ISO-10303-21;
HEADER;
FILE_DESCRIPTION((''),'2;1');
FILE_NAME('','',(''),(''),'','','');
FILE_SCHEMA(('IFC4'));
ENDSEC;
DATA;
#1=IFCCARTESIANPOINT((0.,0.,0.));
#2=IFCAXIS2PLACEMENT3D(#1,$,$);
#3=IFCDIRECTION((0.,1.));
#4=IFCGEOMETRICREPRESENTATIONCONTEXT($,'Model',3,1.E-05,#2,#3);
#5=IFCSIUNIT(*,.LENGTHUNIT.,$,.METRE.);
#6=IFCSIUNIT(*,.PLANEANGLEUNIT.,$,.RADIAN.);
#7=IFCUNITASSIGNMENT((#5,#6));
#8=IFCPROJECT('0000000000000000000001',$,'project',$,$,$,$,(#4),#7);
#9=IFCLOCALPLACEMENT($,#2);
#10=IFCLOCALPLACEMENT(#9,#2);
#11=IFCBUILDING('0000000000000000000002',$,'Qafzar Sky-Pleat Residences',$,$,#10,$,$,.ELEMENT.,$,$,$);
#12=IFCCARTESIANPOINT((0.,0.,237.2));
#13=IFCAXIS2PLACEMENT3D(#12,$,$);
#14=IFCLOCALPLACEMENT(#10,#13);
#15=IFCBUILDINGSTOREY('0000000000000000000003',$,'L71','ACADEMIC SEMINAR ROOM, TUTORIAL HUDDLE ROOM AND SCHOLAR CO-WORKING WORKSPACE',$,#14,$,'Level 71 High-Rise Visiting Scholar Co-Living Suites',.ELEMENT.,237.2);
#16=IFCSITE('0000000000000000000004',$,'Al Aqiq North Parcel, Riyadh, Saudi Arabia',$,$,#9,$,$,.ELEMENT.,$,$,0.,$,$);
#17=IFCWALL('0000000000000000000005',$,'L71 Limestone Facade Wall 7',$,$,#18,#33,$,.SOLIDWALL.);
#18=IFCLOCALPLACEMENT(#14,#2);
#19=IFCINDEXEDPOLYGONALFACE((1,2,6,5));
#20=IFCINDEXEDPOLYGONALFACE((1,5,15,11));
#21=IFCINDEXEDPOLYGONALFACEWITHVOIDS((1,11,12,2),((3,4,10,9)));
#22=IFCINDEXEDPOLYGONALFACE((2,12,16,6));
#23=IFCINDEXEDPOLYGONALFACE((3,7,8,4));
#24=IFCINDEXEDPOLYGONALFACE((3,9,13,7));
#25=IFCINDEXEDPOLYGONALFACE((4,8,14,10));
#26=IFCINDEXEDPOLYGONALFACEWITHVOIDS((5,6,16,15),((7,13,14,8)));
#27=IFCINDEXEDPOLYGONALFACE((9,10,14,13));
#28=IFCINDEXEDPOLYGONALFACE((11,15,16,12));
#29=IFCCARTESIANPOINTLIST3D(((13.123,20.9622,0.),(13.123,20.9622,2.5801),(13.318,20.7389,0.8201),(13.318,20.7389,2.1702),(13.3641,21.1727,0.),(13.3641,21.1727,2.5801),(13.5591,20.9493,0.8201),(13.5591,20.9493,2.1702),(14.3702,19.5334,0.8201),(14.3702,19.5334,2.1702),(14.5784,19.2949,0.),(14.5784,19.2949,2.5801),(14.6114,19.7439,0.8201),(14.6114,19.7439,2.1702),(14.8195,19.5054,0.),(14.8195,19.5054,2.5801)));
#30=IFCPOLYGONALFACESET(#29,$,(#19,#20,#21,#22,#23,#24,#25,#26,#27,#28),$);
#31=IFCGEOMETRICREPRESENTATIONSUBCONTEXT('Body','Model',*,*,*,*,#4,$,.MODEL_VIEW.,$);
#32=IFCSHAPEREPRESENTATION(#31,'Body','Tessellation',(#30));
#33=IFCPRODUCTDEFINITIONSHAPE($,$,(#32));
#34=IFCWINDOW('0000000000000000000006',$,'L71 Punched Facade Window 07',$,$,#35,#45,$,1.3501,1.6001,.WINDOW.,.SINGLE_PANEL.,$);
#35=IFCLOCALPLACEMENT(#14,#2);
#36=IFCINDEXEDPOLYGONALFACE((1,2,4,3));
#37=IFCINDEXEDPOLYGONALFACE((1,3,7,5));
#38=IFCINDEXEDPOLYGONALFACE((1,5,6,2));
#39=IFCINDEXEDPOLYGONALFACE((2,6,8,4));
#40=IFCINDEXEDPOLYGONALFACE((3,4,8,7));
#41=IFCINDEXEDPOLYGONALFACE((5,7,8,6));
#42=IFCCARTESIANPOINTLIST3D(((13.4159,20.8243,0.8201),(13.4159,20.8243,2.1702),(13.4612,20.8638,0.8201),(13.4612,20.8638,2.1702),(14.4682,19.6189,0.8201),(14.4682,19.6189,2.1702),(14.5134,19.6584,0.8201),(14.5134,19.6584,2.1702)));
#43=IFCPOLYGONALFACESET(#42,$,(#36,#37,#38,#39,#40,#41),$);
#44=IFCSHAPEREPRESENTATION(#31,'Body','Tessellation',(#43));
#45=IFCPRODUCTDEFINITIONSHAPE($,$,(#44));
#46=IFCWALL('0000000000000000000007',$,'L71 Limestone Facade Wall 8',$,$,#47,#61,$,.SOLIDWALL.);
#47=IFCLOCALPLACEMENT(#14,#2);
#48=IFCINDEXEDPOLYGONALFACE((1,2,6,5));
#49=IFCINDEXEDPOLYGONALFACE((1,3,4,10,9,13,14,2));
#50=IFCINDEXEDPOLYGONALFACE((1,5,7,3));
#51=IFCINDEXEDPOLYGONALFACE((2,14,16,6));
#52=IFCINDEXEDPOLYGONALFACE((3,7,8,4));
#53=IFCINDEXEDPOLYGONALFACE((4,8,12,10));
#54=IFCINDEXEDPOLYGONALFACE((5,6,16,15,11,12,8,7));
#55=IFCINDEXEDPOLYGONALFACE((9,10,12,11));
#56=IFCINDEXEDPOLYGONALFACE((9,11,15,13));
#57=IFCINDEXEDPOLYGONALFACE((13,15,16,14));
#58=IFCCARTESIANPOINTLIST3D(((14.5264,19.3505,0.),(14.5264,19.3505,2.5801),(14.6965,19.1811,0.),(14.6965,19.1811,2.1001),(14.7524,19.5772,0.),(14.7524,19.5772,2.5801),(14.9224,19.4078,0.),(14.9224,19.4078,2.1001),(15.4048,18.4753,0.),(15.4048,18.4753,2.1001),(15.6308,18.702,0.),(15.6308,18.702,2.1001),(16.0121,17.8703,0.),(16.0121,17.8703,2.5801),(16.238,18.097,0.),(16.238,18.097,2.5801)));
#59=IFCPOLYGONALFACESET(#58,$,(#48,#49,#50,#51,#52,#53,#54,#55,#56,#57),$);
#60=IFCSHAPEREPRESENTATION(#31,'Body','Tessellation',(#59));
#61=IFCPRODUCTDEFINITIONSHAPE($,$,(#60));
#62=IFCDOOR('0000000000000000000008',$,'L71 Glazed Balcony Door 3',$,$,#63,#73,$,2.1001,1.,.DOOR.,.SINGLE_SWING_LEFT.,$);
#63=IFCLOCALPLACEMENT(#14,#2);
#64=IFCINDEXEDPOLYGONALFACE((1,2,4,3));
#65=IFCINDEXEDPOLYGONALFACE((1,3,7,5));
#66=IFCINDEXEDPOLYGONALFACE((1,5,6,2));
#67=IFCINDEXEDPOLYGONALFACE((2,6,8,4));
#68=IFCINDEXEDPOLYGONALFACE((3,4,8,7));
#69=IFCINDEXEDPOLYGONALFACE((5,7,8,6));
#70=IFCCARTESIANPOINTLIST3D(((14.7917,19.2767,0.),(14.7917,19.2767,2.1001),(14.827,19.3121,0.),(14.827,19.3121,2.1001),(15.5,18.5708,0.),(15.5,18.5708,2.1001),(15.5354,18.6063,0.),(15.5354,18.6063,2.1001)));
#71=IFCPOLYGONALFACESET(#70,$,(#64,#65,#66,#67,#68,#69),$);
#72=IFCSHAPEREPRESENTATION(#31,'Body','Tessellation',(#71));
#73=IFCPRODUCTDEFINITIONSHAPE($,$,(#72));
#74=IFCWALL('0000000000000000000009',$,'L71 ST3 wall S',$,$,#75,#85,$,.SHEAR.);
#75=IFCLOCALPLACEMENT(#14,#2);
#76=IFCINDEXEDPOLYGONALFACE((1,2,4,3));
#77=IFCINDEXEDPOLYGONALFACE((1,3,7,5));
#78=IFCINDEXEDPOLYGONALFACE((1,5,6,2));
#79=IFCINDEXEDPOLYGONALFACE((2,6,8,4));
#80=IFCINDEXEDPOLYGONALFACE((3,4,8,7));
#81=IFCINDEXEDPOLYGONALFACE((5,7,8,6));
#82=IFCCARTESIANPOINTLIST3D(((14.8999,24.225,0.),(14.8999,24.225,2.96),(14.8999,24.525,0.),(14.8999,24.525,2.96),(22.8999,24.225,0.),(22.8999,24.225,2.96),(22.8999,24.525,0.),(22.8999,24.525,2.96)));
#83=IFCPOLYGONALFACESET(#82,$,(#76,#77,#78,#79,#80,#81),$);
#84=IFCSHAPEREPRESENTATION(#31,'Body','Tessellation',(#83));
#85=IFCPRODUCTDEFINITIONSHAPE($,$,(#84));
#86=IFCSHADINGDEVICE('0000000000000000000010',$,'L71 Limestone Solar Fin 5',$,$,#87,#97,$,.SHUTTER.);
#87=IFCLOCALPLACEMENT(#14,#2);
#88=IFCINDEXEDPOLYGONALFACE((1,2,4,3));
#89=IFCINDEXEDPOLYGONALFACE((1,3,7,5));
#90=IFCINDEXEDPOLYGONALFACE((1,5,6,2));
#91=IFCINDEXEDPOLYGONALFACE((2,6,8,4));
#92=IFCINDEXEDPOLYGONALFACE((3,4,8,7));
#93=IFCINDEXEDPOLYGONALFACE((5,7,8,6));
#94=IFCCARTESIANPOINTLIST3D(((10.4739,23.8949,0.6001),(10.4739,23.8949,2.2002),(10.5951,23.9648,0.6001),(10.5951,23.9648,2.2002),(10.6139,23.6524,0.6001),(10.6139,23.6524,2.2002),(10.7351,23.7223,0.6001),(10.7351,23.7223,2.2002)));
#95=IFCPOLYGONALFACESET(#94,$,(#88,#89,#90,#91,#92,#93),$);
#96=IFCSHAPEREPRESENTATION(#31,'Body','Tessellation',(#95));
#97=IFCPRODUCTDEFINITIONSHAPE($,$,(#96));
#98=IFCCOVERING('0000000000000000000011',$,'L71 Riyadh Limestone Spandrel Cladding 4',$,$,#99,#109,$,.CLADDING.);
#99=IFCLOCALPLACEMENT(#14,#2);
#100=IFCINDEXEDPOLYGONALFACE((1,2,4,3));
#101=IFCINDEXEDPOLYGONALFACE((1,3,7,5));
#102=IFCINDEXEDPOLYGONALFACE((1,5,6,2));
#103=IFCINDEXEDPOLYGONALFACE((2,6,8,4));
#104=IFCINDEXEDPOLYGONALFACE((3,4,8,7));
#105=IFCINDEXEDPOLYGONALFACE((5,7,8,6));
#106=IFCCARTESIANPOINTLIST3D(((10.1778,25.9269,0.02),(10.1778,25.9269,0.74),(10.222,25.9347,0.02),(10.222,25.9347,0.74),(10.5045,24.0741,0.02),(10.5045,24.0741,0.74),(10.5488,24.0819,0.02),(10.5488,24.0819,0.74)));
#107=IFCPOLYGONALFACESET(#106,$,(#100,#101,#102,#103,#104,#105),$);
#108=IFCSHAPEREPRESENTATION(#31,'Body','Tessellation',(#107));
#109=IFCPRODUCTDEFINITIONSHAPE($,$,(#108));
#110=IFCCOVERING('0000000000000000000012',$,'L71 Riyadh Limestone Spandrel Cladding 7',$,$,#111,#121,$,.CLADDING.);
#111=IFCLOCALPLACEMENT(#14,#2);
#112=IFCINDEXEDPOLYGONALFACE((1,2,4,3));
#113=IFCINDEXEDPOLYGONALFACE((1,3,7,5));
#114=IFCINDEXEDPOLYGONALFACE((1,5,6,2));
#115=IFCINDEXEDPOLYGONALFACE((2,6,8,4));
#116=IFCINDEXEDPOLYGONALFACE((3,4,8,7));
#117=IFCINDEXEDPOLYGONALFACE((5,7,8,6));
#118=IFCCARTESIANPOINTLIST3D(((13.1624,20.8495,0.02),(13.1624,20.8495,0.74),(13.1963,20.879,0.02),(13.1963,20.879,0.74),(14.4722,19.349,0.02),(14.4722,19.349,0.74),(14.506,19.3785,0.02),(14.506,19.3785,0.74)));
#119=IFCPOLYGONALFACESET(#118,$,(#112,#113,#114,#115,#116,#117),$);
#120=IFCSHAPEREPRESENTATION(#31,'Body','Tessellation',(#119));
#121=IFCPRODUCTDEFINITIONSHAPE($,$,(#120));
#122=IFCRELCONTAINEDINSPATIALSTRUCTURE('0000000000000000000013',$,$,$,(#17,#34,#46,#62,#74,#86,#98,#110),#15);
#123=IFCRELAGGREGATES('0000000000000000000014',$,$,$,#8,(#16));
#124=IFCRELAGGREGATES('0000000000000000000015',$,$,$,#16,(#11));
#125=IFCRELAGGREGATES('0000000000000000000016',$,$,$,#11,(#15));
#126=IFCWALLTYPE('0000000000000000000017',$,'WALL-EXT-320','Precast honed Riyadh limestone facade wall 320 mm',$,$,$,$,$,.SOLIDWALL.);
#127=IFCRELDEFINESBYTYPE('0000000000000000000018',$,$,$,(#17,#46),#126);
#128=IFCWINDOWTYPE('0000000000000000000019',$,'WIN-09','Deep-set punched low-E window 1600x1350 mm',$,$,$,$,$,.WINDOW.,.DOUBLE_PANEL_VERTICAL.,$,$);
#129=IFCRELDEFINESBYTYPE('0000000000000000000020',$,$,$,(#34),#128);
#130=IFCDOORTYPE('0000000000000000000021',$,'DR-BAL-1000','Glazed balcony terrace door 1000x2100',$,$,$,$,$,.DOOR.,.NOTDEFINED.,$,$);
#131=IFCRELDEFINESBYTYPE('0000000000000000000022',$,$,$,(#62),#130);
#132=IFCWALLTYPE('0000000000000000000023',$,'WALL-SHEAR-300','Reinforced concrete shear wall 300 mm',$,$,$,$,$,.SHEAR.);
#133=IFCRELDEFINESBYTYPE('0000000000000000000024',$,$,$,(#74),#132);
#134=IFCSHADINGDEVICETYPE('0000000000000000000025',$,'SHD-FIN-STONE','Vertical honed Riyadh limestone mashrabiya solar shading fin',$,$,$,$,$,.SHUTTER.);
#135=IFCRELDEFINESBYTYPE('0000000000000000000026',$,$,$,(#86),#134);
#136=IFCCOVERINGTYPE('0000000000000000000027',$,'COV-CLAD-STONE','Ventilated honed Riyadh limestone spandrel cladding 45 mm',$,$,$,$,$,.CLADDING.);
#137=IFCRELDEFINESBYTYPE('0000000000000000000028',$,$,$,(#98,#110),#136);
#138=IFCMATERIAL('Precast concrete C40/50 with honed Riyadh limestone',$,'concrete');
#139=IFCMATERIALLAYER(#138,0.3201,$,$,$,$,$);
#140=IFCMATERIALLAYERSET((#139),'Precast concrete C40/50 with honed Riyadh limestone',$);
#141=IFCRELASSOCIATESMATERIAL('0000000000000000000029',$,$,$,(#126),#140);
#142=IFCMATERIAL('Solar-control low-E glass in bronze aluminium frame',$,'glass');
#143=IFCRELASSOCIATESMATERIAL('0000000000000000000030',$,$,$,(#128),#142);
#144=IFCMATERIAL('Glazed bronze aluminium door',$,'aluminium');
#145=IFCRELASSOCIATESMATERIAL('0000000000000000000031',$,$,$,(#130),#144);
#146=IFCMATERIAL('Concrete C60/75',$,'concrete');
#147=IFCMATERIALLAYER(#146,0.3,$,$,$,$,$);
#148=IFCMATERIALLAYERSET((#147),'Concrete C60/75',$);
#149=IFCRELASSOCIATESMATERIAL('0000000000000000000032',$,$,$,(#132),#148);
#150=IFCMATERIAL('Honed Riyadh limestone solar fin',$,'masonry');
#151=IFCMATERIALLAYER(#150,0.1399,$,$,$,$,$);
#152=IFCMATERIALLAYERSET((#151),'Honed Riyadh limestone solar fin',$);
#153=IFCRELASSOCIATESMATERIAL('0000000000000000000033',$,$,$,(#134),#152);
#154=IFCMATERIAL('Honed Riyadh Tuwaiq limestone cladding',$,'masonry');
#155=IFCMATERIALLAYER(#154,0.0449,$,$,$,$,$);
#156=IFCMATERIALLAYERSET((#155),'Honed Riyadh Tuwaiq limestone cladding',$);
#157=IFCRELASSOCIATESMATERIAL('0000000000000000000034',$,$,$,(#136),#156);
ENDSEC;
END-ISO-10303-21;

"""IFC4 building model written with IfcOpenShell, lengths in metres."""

from ifc_helpers import new_model, si_unit, direction, frame, frame_2d, origin, origin_2d, place, context, subcontext, project, spatial, rectangle, extrude, source, transform, mapped, material, layer, layer_set, type_object, element, fill, save


model = new_model("IFC4")

# Units and contexts
model_context = context("Model", 3, precision=1e-05, world=origin(), true_north=direction((0.0, 1.0)))
body_context = subcontext(model_context, "Body", "Model", "MODEL_VIEW")
ifc_project = project(units=[si_unit("LENGTHUNIT", "METRE"), si_unit("PLANEANGLEUNIT", "RADIAN")], contexts=[model_context])

# Site, building, storey
site_placement = place(None, origin())
site = spatial("IfcSite", under=ifc_project, at=site_placement, Name="Al Aqiq North Parcel, Riyadh, Saudi Arabia", CompositionType="ELEMENT", RefElevation=0.0)
building_placement = place(site_placement, origin())
building = spatial("IfcBuilding", under=site, at=building_placement, Name="Qafzar Sky-Pleat Residences", CompositionType="ELEMENT")
storey_placement = place(building_placement, frame((0.0, 0.0, 237.2)))
storey = spatial("IfcBuildingStorey", under=building, at=storey_placement, Name="L71", Description="ACADEMIC SEMINAR ROOM, TUTORIAL HUDDLE ROOM AND SCHOLAR CO-WORKING WORKSPACE", LongName="Level 71 High-Rise Visiting Scholar Co-Living Suites", CompositionType="ELEMENT", Elevation=237.2)

# Wall, opening, window
ifc_material_1 = material(Name="Precast concrete C40/50 with honed Riyadh limestone", Category="concrete")
ifc_layer_1 = layer(ifc_material_1, 0.3201)
ifc_layer_set_1 = layer_set([ifc_layer_1], Name="Precast concrete C40/50 with honed Riyadh limestone")
wall_type_1 = type_object("IfcWallType", Name="WALL-EXT-320", Description="Precast honed Riyadh limestone facade wall 320 mm", PredefinedType="SOLIDWALL", material=ifc_layer_set_1)
ifc_material_2 = material(Name="Solar-control low-E glass in bronze aluminium frame", Category="glass")
wall_1_placement = place(storey_placement, frame((13.2437, 21.0674, 0.0), z_axis=(0.0, 0.0, 1.0), x_axis=(0.657606, -0.753362, 0.0)))
wall_1 = element("IfcWall", 1, at=wall_1_placement, inside=storey, type_object=wall_type_1, Name="L71 Limestone Facade Wall 7", PredefinedType="SOLIDWALL", context=body_context, shape_type="SweptSolid", body=[
    extrude(rectangle(XDim=2.2131, YDim=0.3201, at=frame_2d((1.1064, 0.0))), origin(), (0.0, 0.0, 1.0), 2.5801),
])
opening_1_placement = place(wall_1_placement, frame((0.2964, 0.0, 0.8201)))
opening_1 = element("IfcOpeningElement", 2, at=opening_1_placement, cuts=wall_1, PredefinedType="OPENING", context=body_context, shape_type="SweptSolid", body=[
    extrude(rectangle(XDim=1.6001, YDim=1.3501, at=frame_2d((0.8, 0.675))), frame((0.0, 0.1699, 0.0), z_axis=(0.0, -1.0, 0.0), x_axis=(1.0, 0.0, 0.0)), (0.0, 0.0, 1.0), 0.3401),
])
window_type_1 = type_object("IfcWindowType", Name="WIN-09", Description="Deep-set punched low-E window 1600x1350 mm", PartitioningType="DOUBLE_PANEL_VERTICAL", PredefinedType="WINDOW", material=ifc_material_2)
shared_shape_1 = source(origin(), body_context, "Body", "SweptSolid", [
    extrude(rectangle(XDim=1.6001, YDim=1.3501, at=frame_2d((0.8, 0.675))), frame((0.0, 0.03, 0.0), z_axis=(0.0, -1.0, 0.0), x_axis=(1.0, 0.0, 0.0)), (0.0, 0.0, 1.0), 0.0601),
])
window_1_placement = place(opening_1_placement, origin())
window_1 = element("IfcWindow", 3, at=window_1_placement, inside=storey, type_object=window_type_1, Name="L71 Punched Facade Window 07", OverallHeight=1.3501, OverallWidth=1.6001, PartitioningType="SINGLE_PANEL", PredefinedType="WINDOW", context=body_context, shape_type="MappedRepresentation", body=[
    mapped(shared_shape_1, transform((0.0, 0.0, 0.0), x_axis=(1.0, 0.0, 0.0), y_axis=(0.0, 1.0, 0.0), z_axis=(0.0, 0.0, 1.0), scale=1.0)),
])
fill(opening_1, window_1)

# Wall, opening, door
wall_2_placement = place(storey_placement, frame((14.6394, 19.4639, 0.0), z_axis=(0.0, 0.0, 1.0), x_axis=(0.708386, -0.705825, 0.0)))
wall_2 = element("IfcWall", 4, at=wall_2_placement, inside=storey, type_object=wall_type_1, Name="L71 Limestone Facade Wall 8", PredefinedType="SOLIDWALL", context=body_context, shape_type="SweptSolid", body=[
    extrude(rectangle(XDim=2.0972, YDim=0.3201, at=frame_2d((1.0486, 0.0))), origin(), (0.0, 0.0, 1.0), 2.5801),
])
opening_2_placement = place(wall_2_placement, frame((0.24, 0.0, 0.0)))
opening_2 = element("IfcOpeningElement", 5, at=opening_2_placement, cuts=wall_2, PredefinedType="OPENING", context=body_context, shape_type="SweptSolid", body=[
    extrude(rectangle(XDim=1.0, YDim=2.1001, at=frame_2d((0.5, 1.05))), frame((0.0, 0.1699, 0.0), z_axis=(0.0, -1.0, 0.0), x_axis=(1.0, 0.0, 0.0)), (0.0, 0.0, 1.0), 0.3401),
])
ifc_material_3 = material(Name="Glazed bronze aluminium door", Category="aluminium")
door_type = type_object("IfcDoorType", Name="DR-BAL-1000", Description="Glazed balcony terrace door 1000x2100", OperationType="NOTDEFINED", PredefinedType="DOOR", material=ifc_material_3)
shared_shape_2 = source(origin(), body_context, "Body", "SweptSolid", [
    extrude(rectangle(XDim=1.0, YDim=2.1001, at=frame_2d((0.5, 1.05))), frame((0.0, 0.0249, 0.0), z_axis=(0.0, -1.0, 0.0), x_axis=(1.0, 0.0, 0.0)), (0.0, 0.0, 1.0), 0.05),
])
door_placement = place(opening_2_placement, origin())
door = element("IfcDoor", 6, at=door_placement, inside=storey, type_object=door_type, Name="L71 Glazed Balcony Door 3", OperationType="SINGLE_SWING_LEFT", OverallHeight=2.1001, OverallWidth=1.0, PredefinedType="DOOR", context=body_context, shape_type="MappedRepresentation", body=[
    mapped(shared_shape_2, transform((0.0, 0.0, 0.0), x_axis=(1.0, 0.0, 0.0), y_axis=(0.0, 1.0, 0.0), z_axis=(0.0, 0.0, 1.0), scale=1.0)),
])
fill(opening_2, door)

# Wall
ifc_material_4 = material(Name="Concrete C60/75", Category="concrete")
ifc_layer_2 = layer(ifc_material_4, 0.3)
ifc_layer_set_2 = layer_set([ifc_layer_2], Name="Concrete C60/75")
wall_type_2 = type_object("IfcWallType", Name="WALL-SHEAR-300", Description="Reinforced concrete shear wall 300 mm", PredefinedType="SHEAR", material=ifc_layer_set_2)
wall_3_placement = place(storey_placement, frame((14.8999, 24.375, 0.0), z_axis=(0.0, 0.0, 1.0), x_axis=(1.0, 0.0, 0.0)))
element("IfcWall", 7, at=wall_3_placement, inside=storey, type_object=wall_type_2, Name="L71 ST3 wall S", PredefinedType="SHEAR", context=body_context, shape_type="SweptSolid", body=[
    extrude(rectangle(XDim=8.0, YDim=0.3, at=frame_2d((4.0, 0.0))), origin(), (0.0, 0.0, 1.0), 2.96),
])

# Shading device
ifc_material_5 = material(Name="Honed Riyadh limestone solar fin", Category="masonry")
ifc_layer_3 = layer(ifc_material_5, 0.1399)
ifc_layer_set_3 = layer_set([ifc_layer_3], Name="Honed Riyadh limestone solar fin")
shading_device_type = type_object("IfcShadingDeviceType", Name="SHD-FIN-STONE", Description="Vertical honed Riyadh limestone mashrabiya solar shading fin", PredefinedType="SHUTTER", material=ifc_layer_set_3)
shared_shape_3 = source(origin(), body_context, "Body", "SweptSolid", [
    extrude(rectangle(XDim=0.1399, YDim=0.28, at=origin_2d()), origin(), (0.0, 0.0, 1.0), 1.6001),
])
shading_device_placement = place(storey_placement, frame((10.6045, 23.8086, 0.6001), z_axis=(0.0, 0.0, 1.0), x_axis=(-0.866044, -0.499967, 0.0)))
element("IfcShadingDevice", 8, at=shading_device_placement, inside=storey, type_object=shading_device_type, Name="L71 Limestone Solar Fin 5", PredefinedType="SHUTTER", context=body_context, shape_type="MappedRepresentation", body=[
    mapped(shared_shape_3, transform((0.0, 0.0, 0.0), x_axis=(1.0, 0.0, 0.0), y_axis=(0.0, 1.0, 0.0), z_axis=(0.0, 0.0, 1.0), scale=1.0)),
])

# Covering
ifc_material_6 = material(Name="Honed Riyadh Tuwaiq limestone cladding", Category="masonry")
ifc_layer_4 = layer(ifc_material_6, 0.0449)
ifc_layer_set_4 = layer_set([ifc_layer_4], Name="Honed Riyadh Tuwaiq limestone cladding")
covering_type = type_object("IfcCoveringType", Name="COV-CLAD-STONE", Description="Ventilated honed Riyadh limestone spandrel cladding 45 mm", PredefinedType="CLADDING", material=ifc_layer_set_4)
shared_shape_4 = source(origin(), body_context, "Body", "SweptSolid", [
    extrude(rectangle(XDim=1.8813, YDim=0.0449, at=origin_2d()), origin(), (0.0, 0.0, 1.0), 0.72),
])
covering_1_placement = place(storey_placement, frame((10.3633, 25.0044, 0.02), z_axis=(0.0, 0.0, 1.0), x_axis=(0.173663, -0.984805, 0.0)))
element("IfcCovering", 9, at=covering_1_placement, inside=storey, type_object=covering_type, Name="L71 Riyadh Limestone Spandrel Cladding 4", PredefinedType="CLADDING", context=body_context, shape_type="MappedRepresentation", body=[
    mapped(shared_shape_4, transform((0.0, 0.0, 0.0), x_axis=(1.0, 0.0, 0.0), y_axis=(0.0, 1.0, 0.0), z_axis=(0.0, 0.0, 1.0), scale=1.0)),
])

# Covering
shared_shape_5 = source(origin(), body_context, "Body", "SweptSolid", [
    extrude(rectangle(XDim=1.9917, YDim=0.0449, at=origin_2d()), origin(), (0.0, 0.0, 1.0), 0.72),
])
covering_2_placement = place(storey_placement, frame((13.8342, 20.114, 0.02), z_axis=(0.0, 0.0, 1.0), x_axis=(0.657605, -0.753363, 0.0)))
element("IfcCovering", 10, at=covering_2_placement, inside=storey, type_object=covering_type, Name="L71 Riyadh Limestone Spandrel Cladding 7", PredefinedType="CLADDING", context=body_context, shape_type="MappedRepresentation", body=[
    mapped(shared_shape_5, transform((0.0, 0.0, 0.0), x_axis=(1.0, 0.0, 0.0), y_axis=(0.0, 1.0, 0.0), z_axis=(0.0, 0.0, 1.0), scale=1.0)),
])

save(model, "model.ifc")
